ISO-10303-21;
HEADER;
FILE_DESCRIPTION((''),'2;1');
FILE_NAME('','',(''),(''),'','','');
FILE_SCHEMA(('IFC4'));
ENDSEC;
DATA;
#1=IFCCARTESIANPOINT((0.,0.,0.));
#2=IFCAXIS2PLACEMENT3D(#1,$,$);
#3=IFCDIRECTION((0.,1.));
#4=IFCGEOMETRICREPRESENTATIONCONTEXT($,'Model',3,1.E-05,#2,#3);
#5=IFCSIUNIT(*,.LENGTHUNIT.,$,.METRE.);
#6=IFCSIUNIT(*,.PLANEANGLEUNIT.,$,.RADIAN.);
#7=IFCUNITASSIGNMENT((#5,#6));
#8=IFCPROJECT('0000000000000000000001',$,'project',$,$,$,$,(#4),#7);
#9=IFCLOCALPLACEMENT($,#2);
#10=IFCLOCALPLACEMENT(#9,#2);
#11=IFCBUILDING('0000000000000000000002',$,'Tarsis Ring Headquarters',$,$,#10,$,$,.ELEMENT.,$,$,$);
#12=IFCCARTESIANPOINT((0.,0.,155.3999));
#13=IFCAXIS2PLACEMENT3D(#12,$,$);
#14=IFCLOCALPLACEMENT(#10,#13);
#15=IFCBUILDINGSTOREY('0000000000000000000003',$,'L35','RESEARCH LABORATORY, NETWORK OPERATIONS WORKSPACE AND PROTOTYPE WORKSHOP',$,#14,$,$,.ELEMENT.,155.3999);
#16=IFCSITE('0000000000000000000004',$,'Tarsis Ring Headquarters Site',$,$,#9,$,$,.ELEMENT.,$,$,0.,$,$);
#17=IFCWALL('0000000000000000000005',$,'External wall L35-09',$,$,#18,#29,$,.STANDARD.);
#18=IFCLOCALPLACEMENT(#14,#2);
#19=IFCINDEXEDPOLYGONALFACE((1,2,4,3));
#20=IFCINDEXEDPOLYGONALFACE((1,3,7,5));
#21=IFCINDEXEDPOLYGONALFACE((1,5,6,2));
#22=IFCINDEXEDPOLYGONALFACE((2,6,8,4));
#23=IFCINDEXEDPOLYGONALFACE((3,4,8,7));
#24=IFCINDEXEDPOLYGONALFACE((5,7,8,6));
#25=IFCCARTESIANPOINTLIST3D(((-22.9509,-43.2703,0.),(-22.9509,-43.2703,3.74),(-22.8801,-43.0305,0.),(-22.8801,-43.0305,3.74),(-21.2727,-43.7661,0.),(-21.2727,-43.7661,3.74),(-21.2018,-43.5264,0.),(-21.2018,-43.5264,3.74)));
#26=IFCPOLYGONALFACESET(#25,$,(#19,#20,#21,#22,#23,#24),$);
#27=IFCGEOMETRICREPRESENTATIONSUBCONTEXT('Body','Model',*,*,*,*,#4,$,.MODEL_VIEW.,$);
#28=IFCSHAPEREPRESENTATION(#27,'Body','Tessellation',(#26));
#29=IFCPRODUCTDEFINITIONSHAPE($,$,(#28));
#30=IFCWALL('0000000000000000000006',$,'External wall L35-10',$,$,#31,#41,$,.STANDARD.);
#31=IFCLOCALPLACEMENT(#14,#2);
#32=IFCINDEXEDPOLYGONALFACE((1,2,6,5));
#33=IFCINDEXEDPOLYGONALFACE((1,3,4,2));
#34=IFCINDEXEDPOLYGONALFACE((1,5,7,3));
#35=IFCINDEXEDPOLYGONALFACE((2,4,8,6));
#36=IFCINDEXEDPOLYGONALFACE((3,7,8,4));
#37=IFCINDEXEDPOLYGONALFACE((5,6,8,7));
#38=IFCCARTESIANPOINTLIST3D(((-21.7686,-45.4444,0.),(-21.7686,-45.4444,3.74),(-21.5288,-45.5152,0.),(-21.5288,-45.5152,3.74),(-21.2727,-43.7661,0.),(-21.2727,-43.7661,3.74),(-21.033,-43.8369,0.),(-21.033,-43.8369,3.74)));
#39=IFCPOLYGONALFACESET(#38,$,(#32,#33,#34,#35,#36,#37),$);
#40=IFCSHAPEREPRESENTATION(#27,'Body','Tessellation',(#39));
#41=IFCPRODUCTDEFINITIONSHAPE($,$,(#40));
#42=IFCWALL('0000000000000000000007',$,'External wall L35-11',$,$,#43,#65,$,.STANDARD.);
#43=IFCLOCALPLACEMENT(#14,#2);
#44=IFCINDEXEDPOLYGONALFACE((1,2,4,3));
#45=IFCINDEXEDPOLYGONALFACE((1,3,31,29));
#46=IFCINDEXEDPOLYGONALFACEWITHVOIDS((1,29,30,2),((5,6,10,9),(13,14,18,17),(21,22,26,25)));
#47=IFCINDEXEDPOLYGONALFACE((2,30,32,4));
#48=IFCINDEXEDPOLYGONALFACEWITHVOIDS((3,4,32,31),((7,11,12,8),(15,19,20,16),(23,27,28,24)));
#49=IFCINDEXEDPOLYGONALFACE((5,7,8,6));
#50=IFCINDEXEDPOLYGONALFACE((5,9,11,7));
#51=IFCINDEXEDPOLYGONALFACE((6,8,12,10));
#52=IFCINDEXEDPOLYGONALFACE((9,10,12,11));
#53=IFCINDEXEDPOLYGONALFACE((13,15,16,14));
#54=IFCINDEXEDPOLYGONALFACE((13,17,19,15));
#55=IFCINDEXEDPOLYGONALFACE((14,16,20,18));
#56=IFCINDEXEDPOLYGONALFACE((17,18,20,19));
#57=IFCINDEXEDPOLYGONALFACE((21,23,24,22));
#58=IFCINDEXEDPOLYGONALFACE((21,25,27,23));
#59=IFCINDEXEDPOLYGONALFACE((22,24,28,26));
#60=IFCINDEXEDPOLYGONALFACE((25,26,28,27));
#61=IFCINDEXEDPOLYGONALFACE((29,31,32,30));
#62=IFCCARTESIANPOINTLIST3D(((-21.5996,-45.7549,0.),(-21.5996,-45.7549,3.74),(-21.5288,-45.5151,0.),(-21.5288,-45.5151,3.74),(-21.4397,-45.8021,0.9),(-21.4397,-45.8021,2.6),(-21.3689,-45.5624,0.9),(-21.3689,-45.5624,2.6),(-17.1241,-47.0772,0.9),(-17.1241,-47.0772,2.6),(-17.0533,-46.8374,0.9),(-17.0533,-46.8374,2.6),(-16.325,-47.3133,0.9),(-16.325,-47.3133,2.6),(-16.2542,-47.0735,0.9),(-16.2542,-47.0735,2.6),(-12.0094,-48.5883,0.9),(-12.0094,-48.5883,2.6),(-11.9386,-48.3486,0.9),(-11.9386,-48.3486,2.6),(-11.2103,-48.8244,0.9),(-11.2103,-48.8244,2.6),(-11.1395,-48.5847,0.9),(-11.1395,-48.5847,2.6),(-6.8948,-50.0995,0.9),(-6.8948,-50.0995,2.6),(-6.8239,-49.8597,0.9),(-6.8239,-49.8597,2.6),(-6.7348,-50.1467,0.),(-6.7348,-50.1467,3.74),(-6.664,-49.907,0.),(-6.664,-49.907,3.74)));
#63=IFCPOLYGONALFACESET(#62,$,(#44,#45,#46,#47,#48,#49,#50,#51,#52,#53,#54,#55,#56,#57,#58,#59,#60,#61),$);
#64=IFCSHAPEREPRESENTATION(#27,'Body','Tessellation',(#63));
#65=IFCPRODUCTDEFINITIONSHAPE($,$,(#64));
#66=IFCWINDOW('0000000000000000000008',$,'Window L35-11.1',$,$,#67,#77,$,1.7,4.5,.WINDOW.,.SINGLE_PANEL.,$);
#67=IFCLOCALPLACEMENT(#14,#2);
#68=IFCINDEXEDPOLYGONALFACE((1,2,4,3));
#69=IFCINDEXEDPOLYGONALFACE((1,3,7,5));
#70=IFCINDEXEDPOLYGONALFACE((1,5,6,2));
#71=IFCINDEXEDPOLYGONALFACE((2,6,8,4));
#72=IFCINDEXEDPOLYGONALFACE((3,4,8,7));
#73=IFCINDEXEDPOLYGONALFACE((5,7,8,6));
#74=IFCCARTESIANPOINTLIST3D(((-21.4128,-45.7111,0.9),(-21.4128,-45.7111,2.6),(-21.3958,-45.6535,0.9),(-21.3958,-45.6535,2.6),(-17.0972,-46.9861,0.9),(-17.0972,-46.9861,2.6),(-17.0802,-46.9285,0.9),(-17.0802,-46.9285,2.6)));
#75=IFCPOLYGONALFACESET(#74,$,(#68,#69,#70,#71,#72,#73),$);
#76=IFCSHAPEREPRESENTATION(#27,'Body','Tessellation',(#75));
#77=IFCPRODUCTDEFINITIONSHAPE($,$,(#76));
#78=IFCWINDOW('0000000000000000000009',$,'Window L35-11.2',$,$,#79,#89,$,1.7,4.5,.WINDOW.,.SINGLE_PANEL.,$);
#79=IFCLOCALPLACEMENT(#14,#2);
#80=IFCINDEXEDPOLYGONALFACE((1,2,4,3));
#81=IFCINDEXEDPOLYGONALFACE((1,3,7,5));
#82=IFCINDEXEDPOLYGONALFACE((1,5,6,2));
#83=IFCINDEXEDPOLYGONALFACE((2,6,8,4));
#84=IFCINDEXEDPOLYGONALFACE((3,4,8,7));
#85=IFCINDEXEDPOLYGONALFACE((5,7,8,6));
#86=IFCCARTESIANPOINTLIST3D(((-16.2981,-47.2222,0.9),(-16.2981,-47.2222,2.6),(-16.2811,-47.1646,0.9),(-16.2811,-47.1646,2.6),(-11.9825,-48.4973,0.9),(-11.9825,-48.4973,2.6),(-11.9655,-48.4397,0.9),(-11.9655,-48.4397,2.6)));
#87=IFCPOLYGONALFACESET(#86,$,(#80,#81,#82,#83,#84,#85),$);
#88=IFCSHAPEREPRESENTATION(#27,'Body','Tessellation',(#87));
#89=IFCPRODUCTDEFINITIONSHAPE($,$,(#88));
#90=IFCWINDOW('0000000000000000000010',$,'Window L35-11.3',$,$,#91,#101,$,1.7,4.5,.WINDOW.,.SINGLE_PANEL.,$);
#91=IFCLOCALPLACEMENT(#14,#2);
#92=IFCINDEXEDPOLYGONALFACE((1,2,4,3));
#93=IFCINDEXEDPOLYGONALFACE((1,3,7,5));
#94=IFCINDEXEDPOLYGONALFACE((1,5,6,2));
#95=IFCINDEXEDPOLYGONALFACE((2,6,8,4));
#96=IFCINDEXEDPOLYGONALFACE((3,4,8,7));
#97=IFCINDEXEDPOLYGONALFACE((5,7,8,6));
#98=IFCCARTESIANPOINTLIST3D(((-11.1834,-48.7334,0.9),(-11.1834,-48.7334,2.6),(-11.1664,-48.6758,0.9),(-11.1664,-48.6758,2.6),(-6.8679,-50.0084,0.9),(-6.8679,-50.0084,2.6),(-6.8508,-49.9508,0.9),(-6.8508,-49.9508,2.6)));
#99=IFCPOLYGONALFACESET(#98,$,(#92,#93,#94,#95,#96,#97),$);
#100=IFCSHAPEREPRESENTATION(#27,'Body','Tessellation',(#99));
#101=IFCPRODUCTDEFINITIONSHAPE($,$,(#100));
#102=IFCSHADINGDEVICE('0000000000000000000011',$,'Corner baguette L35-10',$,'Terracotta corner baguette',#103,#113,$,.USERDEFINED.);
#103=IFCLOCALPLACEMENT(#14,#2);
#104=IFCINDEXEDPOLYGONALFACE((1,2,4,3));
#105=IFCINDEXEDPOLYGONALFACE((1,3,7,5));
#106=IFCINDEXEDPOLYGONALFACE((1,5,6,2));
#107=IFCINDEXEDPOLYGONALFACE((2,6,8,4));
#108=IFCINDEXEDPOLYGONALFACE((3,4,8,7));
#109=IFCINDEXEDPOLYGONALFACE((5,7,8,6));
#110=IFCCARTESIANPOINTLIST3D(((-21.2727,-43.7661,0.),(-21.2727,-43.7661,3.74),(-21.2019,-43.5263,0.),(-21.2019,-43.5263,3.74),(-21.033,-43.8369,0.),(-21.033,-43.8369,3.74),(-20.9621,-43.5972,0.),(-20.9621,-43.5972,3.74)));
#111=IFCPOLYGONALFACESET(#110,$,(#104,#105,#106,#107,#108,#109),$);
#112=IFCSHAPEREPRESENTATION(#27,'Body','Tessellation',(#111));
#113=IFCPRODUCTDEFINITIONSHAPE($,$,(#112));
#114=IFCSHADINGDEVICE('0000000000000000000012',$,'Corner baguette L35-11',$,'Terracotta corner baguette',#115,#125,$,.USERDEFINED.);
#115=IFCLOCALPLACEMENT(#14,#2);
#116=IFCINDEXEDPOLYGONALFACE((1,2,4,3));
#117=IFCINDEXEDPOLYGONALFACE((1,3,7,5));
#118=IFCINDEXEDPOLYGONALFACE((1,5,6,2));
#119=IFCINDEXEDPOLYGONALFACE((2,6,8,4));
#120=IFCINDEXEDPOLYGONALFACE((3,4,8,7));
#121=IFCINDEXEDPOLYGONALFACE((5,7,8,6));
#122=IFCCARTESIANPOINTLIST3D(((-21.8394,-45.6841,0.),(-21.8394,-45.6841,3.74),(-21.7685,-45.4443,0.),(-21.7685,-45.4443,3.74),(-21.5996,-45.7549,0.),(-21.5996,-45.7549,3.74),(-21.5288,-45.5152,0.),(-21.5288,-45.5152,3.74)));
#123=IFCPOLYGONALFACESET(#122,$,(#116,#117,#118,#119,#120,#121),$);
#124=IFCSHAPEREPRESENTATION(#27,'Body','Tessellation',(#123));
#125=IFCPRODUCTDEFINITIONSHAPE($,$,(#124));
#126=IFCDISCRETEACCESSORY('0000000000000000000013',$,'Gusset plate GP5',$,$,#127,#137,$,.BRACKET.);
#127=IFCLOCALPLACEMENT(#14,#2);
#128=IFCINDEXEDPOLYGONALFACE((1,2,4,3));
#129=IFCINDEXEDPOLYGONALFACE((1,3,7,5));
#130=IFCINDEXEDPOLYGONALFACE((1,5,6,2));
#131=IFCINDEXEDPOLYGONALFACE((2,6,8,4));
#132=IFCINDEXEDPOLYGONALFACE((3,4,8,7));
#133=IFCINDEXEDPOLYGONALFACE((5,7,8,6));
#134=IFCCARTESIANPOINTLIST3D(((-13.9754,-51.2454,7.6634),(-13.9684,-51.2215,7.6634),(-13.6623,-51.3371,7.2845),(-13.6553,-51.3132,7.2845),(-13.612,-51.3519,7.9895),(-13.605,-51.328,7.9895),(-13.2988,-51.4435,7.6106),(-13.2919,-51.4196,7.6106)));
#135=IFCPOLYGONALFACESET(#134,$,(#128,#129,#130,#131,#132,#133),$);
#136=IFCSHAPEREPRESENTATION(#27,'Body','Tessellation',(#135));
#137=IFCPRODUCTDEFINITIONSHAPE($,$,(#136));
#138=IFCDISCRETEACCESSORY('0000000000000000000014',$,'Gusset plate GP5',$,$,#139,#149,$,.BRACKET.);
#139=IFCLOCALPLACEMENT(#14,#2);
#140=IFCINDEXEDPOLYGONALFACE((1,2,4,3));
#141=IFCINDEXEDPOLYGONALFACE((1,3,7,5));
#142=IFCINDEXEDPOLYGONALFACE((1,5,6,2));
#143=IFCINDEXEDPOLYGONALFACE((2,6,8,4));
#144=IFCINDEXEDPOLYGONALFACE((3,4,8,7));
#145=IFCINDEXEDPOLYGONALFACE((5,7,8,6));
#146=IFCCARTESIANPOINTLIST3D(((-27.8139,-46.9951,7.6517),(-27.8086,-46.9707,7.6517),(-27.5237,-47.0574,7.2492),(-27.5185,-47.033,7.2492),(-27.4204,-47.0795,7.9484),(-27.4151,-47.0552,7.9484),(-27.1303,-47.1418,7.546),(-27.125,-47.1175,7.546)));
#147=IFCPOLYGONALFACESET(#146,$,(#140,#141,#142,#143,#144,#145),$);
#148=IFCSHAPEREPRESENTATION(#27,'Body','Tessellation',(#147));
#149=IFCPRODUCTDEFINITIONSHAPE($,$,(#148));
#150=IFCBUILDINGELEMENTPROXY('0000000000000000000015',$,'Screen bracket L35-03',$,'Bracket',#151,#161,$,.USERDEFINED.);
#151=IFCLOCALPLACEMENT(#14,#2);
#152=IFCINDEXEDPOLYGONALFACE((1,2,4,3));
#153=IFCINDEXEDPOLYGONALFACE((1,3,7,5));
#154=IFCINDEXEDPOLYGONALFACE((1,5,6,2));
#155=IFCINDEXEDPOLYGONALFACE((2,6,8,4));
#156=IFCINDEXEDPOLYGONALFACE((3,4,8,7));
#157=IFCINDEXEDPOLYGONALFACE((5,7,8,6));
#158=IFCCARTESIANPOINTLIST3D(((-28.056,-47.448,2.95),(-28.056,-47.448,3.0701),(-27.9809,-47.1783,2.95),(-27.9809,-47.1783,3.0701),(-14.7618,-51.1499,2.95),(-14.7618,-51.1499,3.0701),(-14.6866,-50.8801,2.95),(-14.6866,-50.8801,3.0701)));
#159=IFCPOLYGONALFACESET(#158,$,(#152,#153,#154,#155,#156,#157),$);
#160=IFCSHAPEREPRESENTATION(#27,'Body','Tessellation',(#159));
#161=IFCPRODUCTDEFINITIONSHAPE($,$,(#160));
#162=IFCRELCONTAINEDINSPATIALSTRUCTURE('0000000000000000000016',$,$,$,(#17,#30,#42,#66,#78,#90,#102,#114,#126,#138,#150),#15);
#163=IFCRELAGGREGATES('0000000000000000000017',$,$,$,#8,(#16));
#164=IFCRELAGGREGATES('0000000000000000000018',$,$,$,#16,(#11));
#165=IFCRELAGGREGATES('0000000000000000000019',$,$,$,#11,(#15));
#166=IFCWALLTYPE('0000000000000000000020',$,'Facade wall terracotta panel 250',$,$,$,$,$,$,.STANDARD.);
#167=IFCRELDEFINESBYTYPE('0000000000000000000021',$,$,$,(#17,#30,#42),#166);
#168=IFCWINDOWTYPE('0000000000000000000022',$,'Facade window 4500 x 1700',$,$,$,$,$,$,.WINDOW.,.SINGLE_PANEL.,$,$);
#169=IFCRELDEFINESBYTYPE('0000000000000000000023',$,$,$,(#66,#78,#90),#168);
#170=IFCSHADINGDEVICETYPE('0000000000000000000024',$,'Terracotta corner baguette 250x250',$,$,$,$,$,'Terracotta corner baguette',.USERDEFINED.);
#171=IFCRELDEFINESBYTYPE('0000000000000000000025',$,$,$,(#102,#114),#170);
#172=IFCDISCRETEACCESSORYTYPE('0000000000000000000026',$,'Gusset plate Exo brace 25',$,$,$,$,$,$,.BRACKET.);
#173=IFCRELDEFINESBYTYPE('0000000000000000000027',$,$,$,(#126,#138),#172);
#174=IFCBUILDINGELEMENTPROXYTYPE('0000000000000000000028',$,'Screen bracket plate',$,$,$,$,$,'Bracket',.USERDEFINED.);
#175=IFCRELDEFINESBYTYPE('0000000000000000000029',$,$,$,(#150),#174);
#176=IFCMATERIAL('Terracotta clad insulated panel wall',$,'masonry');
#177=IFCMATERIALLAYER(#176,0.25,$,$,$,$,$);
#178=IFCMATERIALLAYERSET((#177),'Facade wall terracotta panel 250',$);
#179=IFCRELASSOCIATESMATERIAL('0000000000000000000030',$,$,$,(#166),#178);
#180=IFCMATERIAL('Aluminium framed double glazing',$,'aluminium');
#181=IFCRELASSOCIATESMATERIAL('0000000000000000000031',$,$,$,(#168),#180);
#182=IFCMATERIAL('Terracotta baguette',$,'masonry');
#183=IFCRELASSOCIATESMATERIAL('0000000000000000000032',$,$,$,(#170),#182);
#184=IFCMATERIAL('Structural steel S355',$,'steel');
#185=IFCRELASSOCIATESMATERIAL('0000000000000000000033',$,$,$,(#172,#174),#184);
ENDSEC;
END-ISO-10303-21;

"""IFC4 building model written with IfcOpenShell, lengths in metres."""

from ifc_helpers import new_model, si_unit, direction, frame, frame_2d, origin, origin_2d, place, context, subcontext, project, spatial, rectangle, extrude, material, layer, layer_set, material_profile, profile_set, type_object, element, fill, save


model = new_model("IFC4")

# Units and contexts
model_context = context("Model", 3, precision=1e-05, world=origin(), true_north=direction((0.0, 1.0)))
body_context = subcontext(model_context, "Body", "Model", "MODEL_VIEW")
ifc_project = project(units=[si_unit("LENGTHUNIT", "METRE"), si_unit("PLANEANGLEUNIT", "RADIAN")], contexts=[model_context])

# Site, building, storey
site_placement = place(None, origin())
site = spatial("IfcSite", under=ifc_project, at=site_placement, Name="Tarsis Ring Headquarters Site", CompositionType="ELEMENT", RefElevation=0.0)
building_placement = place(site_placement, origin())
building = spatial("IfcBuilding", under=site, at=building_placement, Name="Tarsis Ring Headquarters", CompositionType="ELEMENT")
storey_placement = place(building_placement, frame((0.0, 0.0, 155.3999)))
storey = spatial("IfcBuildingStorey", under=building, at=storey_placement, Name="L35", Description="RESEARCH LABORATORY, NETWORK OPERATIONS WORKSPACE AND PROTOTYPE WORKSHOP", CompositionType="ELEMENT", Elevation=155.3999)

# Shared definitions
ifc_material_1 = material(Name="Structural steel S355", Category="steel")

# Walls
ifc_material_2 = material(Name="Terracotta clad insulated panel wall", Category="masonry")
ifc_layer_1 = layer(ifc_material_2, 0.25)
ifc_layer_set_1 = layer_set([ifc_layer_1], Name="Facade wall terracotta panel 250")
wall_type_1 = type_object("IfcWallType", Name="Facade wall terracotta panel 250", PredefinedType="STANDARD", material=ifc_layer_set_1)
for number, where, z_axis, x_axis, name in (
    (1, (-22.9155, -43.1504, 0.0), (0.0, 0.0, 1.0), (0.959016, -0.283352, 0.0), "External wall L35-09"),
    (2, (-21.1528, -43.8015, 0.0), (0.0, 0.0, 1.0), (-0.283352, -0.959016, 0.0), "External wall L35-10"),
):
    element("IfcWall", number, at=place(storey_placement, frame(where, z_axis=z_axis, x_axis=x_axis)), inside=storey, type_object=wall_type_1, Name=name, PredefinedType="STANDARD", context=body_context, shape_type="SweptSolid", body=[
        extrude(rectangle(XDim=1.75, YDim=0.25, at=frame_2d((0.875, 0.0))), origin(), (0.0, 0.0, 1.0), 3.74),
    ])

# Wall, openings, windows
wall_1_placement = place(storey_placement, frame((-21.5642, -45.635, 0.0), z_axis=(0.0, 0.0, 1.0), x_axis=(0.959018, -0.283345, 0.0)))
wall_1 = element("IfcWall", 3, at=wall_1_placement, inside=storey, type_object=wall_type_1, Name="External wall L35-11", PredefinedType="STANDARD", context=body_context, shape_type="SweptSolid", body=[
    extrude(rectangle(XDim=15.5, YDim=0.25, at=frame_2d((7.75, 0.0))), origin(), (0.0, 0.0, 1.0), 3.74),
])
opening_1_placement = place(wall_1_placement, frame((0.1667, 0.0, 0.8999)))
opening_1 = element("IfcOpeningElement", 4, at=opening_1_placement, cuts=wall_1, PredefinedType="OPENING", context=body_context, shape_type="SweptSolid", body=[
    extrude(rectangle(XDim=4.5, YDim=1.7, at=frame_2d((2.25, 0.8501))), frame((0.0, 0.135, 0.0), z_axis=(0.0, -1.0, 0.0), x_axis=(1.0, 0.0, 0.0)), (0.0, 0.0, 1.0), 0.27),
])
opening_2_placement = place(wall_1_placement, frame((5.5, 0.0, 0.8999)))
opening_2 = element("IfcOpeningElement", 5, at=opening_2_placement, cuts=wall_1, PredefinedType="OPENING", context=body_context, shape_type="SweptSolid", body=[
    extrude(rectangle(XDim=4.5, YDim=1.7, at=frame_2d((2.25, 0.8501))), frame((0.0, 0.135, 0.0), z_axis=(0.0, -1.0, 0.0), x_axis=(1.0, 0.0, 0.0)), (0.0, 0.0, 1.0), 0.27),
])
opening_3_placement = place(wall_1_placement, frame((10.8333, 0.0, 0.8999)))
opening_3 = element("IfcOpeningElement", 6, at=opening_3_placement, cuts=wall_1, PredefinedType="OPENING", context=body_context, shape_type="SweptSolid", body=[
    extrude(rectangle(XDim=4.5, YDim=1.7, at=frame_2d((2.25, 0.8501))), frame((0.0, 0.135, 0.0), z_axis=(0.0, -1.0, 0.0), x_axis=(1.0, 0.0, 0.0)), (0.0, 0.0, 1.0), 0.27),
])
ifc_material_3 = material(Name="Aluminium framed double glazing", Category="aluminium")
window_type = type_object("IfcWindowType", Name="Facade window 4500 x 1700", PartitioningType="SINGLE_PANEL", PredefinedType="WINDOW", material=ifc_material_3)
window_1_placement = place(opening_1_placement, origin())
window_1 = element("IfcWindow", 7, at=window_1_placement, inside=storey, type_object=window_type, Name="Window L35-11.1", OverallHeight=1.7, OverallWidth=4.5, PartitioningType="SINGLE_PANEL", PredefinedType="WINDOW", context=body_context, shape_type="SweptSolid", body=[
    extrude(rectangle(XDim=4.5, YDim=1.7, at=frame_2d((2.25, 0.8501))), frame((0.0, 0.03, 0.0), z_axis=(0.0, -1.0, 0.0), x_axis=(1.0, 0.0, 0.0)), (0.0, 0.0, 1.0), 0.0601),
])
fill(opening_1, window_1)
window_2_placement = place(opening_2_placement, origin())
window_2 = element("IfcWindow", 8, at=window_2_placement, inside=storey, type_object=window_type, Name="Window L35-11.2", OverallHeight=1.7, OverallWidth=4.5, PartitioningType="SINGLE_PANEL", PredefinedType="WINDOW", context=body_context, shape_type="SweptSolid", body=[
    extrude(rectangle(XDim=4.5, YDim=1.7, at=frame_2d((2.25, 0.8501))), frame((0.0, 0.03, 0.0), z_axis=(0.0, -1.0, 0.0), x_axis=(1.0, 0.0, 0.0)), (0.0, 0.0, 1.0), 0.0601),
])
fill(opening_2, window_2)
window_3_placement = place(opening_3_placement, origin())
window_3 = element("IfcWindow", 9, at=window_3_placement, inside=storey, type_object=window_type, Name="Window L35-11.3", OverallHeight=1.7, OverallWidth=4.5, PartitioningType="SINGLE_PANEL", PredefinedType="WINDOW", context=body_context, shape_type="SweptSolid", body=[
    extrude(rectangle(XDim=4.5, YDim=1.7, at=frame_2d((2.25, 0.8501))), frame((0.0, 0.03, 0.0), z_axis=(0.0, -1.0, 0.0), x_axis=(1.0, 0.0, 0.0)), (0.0, 0.0, 1.0), 0.0601),
])
fill(opening_3, window_3)

# Shading devices
ifc_material_4 = material(Name="Terracotta baguette", Category="masonry")
shading_device_type_1 = type_object("IfcShadingDeviceType", Name="Terracotta corner baguette 250x250", ElementType="Terracotta corner baguette", PredefinedType="USERDEFINED", material=ifc_material_4)
for number, where, z_axis, x_axis, name in (
    (10, (-21.1174, -43.6816, 0.0), (0.0, 0.0, 1.0), (0.959018, -0.283346, 0.0), "Corner baguette L35-10"),
    (11, (-21.6841, -45.5996, 0.0), (0.0, 0.0, 1.0), (-0.283346, -0.959018, 0.0), "Corner baguette L35-11"),
):
    element("IfcShadingDevice", number, at=place(storey_placement, frame(where, z_axis=z_axis, x_axis=x_axis)), inside=storey, type_object=shading_device_type_1, Name=name, ObjectType="Terracotta corner baguette", PredefinedType="USERDEFINED", context=body_context, shape_type="SweptSolid", body=[
        extrude(rectangle(XDim=0.25, YDim=0.25, at=origin_2d()), origin(), (0.0, 0.0, 1.0), 3.74),
    ])

# Discrete accessories
ifc_material_profile_1 = material_profile(ifc_material_1, rectangle(XDim=0.0249, YDim=0.5, at=origin_2d()), Name="PL 25x500")
ifc_profile_set_1 = profile_set([ifc_material_profile_1], Name="Structural steel S355")
discrete_accessory_type = type_object("IfcDiscreteAccessoryType", Name="Gusset plate Exo brace 25", PredefinedType="BRACKET", material=ifc_profile_set_1)
discrete_accessory_1_placement = place(storey_placement, frame((-13.4519, -51.3857, 7.8), z_axis=(-0.727241, 0.212946, -0.652514), x_axis=(-0.281015, -0.959703, 0.0)))
element("IfcDiscreteAccessory", 12, at=discrete_accessory_1_placement, inside=storey, type_object=discrete_accessory_type, Name="Gusset plate GP5", PredefinedType="BRACKET", context=body_context, shape_type="SweptSolid", body=[
    extrude(rectangle(XDim=0.0249, YDim=0.5, at=origin_2d()), origin(), (0.0, 0.0, 1.0), 0.4998),
])
discrete_accessory_2_placement = place(storey_placement, frame((-27.6145, -47.0251, 7.8), z_axis=(0.580219, -0.124542, -0.804882), x_axis=(0.209866, 0.97773, 0.0)))
element("IfcDiscreteAccessory", 13, at=discrete_accessory_2_placement, inside=storey, type_object=discrete_accessory_type, Name="Gusset plate GP5", PredefinedType="BRACKET", context=body_context, shape_type="SweptSolid", body=[
    extrude(rectangle(XDim=0.0249, YDim=0.5, at=origin_2d()), origin(), (0.0, 0.0, 1.0), 0.5),
])

# Building element proxy
building_element_proxy_type = type_object("IfcBuildingElementProxyType", Name="Screen bracket plate", ElementType="Bracket", PredefinedType="USERDEFINED", material=ifc_material_1)
proxy_placement = place(storey_placement, frame((-21.3713, -49.1641, 2.95), z_axis=(0.0, 0.0, 1.0), x_axis=(0.96335, -0.268247, 0.0)))
element("IfcBuildingElementProxy", 14, at=proxy_placement, inside=storey, type_object=building_element_proxy_type, Name="Screen bracket L35-03", ObjectType="Bracket", PredefinedType="USERDEFINED", context=body_context, shape_type="SweptSolid", body=[
    extrude(rectangle(XDim=13.8, YDim=0.28, at=origin_2d()), origin(), (0.0, 0.0, 1.0), 0.1201),
])

save(model, "model.ifc")
